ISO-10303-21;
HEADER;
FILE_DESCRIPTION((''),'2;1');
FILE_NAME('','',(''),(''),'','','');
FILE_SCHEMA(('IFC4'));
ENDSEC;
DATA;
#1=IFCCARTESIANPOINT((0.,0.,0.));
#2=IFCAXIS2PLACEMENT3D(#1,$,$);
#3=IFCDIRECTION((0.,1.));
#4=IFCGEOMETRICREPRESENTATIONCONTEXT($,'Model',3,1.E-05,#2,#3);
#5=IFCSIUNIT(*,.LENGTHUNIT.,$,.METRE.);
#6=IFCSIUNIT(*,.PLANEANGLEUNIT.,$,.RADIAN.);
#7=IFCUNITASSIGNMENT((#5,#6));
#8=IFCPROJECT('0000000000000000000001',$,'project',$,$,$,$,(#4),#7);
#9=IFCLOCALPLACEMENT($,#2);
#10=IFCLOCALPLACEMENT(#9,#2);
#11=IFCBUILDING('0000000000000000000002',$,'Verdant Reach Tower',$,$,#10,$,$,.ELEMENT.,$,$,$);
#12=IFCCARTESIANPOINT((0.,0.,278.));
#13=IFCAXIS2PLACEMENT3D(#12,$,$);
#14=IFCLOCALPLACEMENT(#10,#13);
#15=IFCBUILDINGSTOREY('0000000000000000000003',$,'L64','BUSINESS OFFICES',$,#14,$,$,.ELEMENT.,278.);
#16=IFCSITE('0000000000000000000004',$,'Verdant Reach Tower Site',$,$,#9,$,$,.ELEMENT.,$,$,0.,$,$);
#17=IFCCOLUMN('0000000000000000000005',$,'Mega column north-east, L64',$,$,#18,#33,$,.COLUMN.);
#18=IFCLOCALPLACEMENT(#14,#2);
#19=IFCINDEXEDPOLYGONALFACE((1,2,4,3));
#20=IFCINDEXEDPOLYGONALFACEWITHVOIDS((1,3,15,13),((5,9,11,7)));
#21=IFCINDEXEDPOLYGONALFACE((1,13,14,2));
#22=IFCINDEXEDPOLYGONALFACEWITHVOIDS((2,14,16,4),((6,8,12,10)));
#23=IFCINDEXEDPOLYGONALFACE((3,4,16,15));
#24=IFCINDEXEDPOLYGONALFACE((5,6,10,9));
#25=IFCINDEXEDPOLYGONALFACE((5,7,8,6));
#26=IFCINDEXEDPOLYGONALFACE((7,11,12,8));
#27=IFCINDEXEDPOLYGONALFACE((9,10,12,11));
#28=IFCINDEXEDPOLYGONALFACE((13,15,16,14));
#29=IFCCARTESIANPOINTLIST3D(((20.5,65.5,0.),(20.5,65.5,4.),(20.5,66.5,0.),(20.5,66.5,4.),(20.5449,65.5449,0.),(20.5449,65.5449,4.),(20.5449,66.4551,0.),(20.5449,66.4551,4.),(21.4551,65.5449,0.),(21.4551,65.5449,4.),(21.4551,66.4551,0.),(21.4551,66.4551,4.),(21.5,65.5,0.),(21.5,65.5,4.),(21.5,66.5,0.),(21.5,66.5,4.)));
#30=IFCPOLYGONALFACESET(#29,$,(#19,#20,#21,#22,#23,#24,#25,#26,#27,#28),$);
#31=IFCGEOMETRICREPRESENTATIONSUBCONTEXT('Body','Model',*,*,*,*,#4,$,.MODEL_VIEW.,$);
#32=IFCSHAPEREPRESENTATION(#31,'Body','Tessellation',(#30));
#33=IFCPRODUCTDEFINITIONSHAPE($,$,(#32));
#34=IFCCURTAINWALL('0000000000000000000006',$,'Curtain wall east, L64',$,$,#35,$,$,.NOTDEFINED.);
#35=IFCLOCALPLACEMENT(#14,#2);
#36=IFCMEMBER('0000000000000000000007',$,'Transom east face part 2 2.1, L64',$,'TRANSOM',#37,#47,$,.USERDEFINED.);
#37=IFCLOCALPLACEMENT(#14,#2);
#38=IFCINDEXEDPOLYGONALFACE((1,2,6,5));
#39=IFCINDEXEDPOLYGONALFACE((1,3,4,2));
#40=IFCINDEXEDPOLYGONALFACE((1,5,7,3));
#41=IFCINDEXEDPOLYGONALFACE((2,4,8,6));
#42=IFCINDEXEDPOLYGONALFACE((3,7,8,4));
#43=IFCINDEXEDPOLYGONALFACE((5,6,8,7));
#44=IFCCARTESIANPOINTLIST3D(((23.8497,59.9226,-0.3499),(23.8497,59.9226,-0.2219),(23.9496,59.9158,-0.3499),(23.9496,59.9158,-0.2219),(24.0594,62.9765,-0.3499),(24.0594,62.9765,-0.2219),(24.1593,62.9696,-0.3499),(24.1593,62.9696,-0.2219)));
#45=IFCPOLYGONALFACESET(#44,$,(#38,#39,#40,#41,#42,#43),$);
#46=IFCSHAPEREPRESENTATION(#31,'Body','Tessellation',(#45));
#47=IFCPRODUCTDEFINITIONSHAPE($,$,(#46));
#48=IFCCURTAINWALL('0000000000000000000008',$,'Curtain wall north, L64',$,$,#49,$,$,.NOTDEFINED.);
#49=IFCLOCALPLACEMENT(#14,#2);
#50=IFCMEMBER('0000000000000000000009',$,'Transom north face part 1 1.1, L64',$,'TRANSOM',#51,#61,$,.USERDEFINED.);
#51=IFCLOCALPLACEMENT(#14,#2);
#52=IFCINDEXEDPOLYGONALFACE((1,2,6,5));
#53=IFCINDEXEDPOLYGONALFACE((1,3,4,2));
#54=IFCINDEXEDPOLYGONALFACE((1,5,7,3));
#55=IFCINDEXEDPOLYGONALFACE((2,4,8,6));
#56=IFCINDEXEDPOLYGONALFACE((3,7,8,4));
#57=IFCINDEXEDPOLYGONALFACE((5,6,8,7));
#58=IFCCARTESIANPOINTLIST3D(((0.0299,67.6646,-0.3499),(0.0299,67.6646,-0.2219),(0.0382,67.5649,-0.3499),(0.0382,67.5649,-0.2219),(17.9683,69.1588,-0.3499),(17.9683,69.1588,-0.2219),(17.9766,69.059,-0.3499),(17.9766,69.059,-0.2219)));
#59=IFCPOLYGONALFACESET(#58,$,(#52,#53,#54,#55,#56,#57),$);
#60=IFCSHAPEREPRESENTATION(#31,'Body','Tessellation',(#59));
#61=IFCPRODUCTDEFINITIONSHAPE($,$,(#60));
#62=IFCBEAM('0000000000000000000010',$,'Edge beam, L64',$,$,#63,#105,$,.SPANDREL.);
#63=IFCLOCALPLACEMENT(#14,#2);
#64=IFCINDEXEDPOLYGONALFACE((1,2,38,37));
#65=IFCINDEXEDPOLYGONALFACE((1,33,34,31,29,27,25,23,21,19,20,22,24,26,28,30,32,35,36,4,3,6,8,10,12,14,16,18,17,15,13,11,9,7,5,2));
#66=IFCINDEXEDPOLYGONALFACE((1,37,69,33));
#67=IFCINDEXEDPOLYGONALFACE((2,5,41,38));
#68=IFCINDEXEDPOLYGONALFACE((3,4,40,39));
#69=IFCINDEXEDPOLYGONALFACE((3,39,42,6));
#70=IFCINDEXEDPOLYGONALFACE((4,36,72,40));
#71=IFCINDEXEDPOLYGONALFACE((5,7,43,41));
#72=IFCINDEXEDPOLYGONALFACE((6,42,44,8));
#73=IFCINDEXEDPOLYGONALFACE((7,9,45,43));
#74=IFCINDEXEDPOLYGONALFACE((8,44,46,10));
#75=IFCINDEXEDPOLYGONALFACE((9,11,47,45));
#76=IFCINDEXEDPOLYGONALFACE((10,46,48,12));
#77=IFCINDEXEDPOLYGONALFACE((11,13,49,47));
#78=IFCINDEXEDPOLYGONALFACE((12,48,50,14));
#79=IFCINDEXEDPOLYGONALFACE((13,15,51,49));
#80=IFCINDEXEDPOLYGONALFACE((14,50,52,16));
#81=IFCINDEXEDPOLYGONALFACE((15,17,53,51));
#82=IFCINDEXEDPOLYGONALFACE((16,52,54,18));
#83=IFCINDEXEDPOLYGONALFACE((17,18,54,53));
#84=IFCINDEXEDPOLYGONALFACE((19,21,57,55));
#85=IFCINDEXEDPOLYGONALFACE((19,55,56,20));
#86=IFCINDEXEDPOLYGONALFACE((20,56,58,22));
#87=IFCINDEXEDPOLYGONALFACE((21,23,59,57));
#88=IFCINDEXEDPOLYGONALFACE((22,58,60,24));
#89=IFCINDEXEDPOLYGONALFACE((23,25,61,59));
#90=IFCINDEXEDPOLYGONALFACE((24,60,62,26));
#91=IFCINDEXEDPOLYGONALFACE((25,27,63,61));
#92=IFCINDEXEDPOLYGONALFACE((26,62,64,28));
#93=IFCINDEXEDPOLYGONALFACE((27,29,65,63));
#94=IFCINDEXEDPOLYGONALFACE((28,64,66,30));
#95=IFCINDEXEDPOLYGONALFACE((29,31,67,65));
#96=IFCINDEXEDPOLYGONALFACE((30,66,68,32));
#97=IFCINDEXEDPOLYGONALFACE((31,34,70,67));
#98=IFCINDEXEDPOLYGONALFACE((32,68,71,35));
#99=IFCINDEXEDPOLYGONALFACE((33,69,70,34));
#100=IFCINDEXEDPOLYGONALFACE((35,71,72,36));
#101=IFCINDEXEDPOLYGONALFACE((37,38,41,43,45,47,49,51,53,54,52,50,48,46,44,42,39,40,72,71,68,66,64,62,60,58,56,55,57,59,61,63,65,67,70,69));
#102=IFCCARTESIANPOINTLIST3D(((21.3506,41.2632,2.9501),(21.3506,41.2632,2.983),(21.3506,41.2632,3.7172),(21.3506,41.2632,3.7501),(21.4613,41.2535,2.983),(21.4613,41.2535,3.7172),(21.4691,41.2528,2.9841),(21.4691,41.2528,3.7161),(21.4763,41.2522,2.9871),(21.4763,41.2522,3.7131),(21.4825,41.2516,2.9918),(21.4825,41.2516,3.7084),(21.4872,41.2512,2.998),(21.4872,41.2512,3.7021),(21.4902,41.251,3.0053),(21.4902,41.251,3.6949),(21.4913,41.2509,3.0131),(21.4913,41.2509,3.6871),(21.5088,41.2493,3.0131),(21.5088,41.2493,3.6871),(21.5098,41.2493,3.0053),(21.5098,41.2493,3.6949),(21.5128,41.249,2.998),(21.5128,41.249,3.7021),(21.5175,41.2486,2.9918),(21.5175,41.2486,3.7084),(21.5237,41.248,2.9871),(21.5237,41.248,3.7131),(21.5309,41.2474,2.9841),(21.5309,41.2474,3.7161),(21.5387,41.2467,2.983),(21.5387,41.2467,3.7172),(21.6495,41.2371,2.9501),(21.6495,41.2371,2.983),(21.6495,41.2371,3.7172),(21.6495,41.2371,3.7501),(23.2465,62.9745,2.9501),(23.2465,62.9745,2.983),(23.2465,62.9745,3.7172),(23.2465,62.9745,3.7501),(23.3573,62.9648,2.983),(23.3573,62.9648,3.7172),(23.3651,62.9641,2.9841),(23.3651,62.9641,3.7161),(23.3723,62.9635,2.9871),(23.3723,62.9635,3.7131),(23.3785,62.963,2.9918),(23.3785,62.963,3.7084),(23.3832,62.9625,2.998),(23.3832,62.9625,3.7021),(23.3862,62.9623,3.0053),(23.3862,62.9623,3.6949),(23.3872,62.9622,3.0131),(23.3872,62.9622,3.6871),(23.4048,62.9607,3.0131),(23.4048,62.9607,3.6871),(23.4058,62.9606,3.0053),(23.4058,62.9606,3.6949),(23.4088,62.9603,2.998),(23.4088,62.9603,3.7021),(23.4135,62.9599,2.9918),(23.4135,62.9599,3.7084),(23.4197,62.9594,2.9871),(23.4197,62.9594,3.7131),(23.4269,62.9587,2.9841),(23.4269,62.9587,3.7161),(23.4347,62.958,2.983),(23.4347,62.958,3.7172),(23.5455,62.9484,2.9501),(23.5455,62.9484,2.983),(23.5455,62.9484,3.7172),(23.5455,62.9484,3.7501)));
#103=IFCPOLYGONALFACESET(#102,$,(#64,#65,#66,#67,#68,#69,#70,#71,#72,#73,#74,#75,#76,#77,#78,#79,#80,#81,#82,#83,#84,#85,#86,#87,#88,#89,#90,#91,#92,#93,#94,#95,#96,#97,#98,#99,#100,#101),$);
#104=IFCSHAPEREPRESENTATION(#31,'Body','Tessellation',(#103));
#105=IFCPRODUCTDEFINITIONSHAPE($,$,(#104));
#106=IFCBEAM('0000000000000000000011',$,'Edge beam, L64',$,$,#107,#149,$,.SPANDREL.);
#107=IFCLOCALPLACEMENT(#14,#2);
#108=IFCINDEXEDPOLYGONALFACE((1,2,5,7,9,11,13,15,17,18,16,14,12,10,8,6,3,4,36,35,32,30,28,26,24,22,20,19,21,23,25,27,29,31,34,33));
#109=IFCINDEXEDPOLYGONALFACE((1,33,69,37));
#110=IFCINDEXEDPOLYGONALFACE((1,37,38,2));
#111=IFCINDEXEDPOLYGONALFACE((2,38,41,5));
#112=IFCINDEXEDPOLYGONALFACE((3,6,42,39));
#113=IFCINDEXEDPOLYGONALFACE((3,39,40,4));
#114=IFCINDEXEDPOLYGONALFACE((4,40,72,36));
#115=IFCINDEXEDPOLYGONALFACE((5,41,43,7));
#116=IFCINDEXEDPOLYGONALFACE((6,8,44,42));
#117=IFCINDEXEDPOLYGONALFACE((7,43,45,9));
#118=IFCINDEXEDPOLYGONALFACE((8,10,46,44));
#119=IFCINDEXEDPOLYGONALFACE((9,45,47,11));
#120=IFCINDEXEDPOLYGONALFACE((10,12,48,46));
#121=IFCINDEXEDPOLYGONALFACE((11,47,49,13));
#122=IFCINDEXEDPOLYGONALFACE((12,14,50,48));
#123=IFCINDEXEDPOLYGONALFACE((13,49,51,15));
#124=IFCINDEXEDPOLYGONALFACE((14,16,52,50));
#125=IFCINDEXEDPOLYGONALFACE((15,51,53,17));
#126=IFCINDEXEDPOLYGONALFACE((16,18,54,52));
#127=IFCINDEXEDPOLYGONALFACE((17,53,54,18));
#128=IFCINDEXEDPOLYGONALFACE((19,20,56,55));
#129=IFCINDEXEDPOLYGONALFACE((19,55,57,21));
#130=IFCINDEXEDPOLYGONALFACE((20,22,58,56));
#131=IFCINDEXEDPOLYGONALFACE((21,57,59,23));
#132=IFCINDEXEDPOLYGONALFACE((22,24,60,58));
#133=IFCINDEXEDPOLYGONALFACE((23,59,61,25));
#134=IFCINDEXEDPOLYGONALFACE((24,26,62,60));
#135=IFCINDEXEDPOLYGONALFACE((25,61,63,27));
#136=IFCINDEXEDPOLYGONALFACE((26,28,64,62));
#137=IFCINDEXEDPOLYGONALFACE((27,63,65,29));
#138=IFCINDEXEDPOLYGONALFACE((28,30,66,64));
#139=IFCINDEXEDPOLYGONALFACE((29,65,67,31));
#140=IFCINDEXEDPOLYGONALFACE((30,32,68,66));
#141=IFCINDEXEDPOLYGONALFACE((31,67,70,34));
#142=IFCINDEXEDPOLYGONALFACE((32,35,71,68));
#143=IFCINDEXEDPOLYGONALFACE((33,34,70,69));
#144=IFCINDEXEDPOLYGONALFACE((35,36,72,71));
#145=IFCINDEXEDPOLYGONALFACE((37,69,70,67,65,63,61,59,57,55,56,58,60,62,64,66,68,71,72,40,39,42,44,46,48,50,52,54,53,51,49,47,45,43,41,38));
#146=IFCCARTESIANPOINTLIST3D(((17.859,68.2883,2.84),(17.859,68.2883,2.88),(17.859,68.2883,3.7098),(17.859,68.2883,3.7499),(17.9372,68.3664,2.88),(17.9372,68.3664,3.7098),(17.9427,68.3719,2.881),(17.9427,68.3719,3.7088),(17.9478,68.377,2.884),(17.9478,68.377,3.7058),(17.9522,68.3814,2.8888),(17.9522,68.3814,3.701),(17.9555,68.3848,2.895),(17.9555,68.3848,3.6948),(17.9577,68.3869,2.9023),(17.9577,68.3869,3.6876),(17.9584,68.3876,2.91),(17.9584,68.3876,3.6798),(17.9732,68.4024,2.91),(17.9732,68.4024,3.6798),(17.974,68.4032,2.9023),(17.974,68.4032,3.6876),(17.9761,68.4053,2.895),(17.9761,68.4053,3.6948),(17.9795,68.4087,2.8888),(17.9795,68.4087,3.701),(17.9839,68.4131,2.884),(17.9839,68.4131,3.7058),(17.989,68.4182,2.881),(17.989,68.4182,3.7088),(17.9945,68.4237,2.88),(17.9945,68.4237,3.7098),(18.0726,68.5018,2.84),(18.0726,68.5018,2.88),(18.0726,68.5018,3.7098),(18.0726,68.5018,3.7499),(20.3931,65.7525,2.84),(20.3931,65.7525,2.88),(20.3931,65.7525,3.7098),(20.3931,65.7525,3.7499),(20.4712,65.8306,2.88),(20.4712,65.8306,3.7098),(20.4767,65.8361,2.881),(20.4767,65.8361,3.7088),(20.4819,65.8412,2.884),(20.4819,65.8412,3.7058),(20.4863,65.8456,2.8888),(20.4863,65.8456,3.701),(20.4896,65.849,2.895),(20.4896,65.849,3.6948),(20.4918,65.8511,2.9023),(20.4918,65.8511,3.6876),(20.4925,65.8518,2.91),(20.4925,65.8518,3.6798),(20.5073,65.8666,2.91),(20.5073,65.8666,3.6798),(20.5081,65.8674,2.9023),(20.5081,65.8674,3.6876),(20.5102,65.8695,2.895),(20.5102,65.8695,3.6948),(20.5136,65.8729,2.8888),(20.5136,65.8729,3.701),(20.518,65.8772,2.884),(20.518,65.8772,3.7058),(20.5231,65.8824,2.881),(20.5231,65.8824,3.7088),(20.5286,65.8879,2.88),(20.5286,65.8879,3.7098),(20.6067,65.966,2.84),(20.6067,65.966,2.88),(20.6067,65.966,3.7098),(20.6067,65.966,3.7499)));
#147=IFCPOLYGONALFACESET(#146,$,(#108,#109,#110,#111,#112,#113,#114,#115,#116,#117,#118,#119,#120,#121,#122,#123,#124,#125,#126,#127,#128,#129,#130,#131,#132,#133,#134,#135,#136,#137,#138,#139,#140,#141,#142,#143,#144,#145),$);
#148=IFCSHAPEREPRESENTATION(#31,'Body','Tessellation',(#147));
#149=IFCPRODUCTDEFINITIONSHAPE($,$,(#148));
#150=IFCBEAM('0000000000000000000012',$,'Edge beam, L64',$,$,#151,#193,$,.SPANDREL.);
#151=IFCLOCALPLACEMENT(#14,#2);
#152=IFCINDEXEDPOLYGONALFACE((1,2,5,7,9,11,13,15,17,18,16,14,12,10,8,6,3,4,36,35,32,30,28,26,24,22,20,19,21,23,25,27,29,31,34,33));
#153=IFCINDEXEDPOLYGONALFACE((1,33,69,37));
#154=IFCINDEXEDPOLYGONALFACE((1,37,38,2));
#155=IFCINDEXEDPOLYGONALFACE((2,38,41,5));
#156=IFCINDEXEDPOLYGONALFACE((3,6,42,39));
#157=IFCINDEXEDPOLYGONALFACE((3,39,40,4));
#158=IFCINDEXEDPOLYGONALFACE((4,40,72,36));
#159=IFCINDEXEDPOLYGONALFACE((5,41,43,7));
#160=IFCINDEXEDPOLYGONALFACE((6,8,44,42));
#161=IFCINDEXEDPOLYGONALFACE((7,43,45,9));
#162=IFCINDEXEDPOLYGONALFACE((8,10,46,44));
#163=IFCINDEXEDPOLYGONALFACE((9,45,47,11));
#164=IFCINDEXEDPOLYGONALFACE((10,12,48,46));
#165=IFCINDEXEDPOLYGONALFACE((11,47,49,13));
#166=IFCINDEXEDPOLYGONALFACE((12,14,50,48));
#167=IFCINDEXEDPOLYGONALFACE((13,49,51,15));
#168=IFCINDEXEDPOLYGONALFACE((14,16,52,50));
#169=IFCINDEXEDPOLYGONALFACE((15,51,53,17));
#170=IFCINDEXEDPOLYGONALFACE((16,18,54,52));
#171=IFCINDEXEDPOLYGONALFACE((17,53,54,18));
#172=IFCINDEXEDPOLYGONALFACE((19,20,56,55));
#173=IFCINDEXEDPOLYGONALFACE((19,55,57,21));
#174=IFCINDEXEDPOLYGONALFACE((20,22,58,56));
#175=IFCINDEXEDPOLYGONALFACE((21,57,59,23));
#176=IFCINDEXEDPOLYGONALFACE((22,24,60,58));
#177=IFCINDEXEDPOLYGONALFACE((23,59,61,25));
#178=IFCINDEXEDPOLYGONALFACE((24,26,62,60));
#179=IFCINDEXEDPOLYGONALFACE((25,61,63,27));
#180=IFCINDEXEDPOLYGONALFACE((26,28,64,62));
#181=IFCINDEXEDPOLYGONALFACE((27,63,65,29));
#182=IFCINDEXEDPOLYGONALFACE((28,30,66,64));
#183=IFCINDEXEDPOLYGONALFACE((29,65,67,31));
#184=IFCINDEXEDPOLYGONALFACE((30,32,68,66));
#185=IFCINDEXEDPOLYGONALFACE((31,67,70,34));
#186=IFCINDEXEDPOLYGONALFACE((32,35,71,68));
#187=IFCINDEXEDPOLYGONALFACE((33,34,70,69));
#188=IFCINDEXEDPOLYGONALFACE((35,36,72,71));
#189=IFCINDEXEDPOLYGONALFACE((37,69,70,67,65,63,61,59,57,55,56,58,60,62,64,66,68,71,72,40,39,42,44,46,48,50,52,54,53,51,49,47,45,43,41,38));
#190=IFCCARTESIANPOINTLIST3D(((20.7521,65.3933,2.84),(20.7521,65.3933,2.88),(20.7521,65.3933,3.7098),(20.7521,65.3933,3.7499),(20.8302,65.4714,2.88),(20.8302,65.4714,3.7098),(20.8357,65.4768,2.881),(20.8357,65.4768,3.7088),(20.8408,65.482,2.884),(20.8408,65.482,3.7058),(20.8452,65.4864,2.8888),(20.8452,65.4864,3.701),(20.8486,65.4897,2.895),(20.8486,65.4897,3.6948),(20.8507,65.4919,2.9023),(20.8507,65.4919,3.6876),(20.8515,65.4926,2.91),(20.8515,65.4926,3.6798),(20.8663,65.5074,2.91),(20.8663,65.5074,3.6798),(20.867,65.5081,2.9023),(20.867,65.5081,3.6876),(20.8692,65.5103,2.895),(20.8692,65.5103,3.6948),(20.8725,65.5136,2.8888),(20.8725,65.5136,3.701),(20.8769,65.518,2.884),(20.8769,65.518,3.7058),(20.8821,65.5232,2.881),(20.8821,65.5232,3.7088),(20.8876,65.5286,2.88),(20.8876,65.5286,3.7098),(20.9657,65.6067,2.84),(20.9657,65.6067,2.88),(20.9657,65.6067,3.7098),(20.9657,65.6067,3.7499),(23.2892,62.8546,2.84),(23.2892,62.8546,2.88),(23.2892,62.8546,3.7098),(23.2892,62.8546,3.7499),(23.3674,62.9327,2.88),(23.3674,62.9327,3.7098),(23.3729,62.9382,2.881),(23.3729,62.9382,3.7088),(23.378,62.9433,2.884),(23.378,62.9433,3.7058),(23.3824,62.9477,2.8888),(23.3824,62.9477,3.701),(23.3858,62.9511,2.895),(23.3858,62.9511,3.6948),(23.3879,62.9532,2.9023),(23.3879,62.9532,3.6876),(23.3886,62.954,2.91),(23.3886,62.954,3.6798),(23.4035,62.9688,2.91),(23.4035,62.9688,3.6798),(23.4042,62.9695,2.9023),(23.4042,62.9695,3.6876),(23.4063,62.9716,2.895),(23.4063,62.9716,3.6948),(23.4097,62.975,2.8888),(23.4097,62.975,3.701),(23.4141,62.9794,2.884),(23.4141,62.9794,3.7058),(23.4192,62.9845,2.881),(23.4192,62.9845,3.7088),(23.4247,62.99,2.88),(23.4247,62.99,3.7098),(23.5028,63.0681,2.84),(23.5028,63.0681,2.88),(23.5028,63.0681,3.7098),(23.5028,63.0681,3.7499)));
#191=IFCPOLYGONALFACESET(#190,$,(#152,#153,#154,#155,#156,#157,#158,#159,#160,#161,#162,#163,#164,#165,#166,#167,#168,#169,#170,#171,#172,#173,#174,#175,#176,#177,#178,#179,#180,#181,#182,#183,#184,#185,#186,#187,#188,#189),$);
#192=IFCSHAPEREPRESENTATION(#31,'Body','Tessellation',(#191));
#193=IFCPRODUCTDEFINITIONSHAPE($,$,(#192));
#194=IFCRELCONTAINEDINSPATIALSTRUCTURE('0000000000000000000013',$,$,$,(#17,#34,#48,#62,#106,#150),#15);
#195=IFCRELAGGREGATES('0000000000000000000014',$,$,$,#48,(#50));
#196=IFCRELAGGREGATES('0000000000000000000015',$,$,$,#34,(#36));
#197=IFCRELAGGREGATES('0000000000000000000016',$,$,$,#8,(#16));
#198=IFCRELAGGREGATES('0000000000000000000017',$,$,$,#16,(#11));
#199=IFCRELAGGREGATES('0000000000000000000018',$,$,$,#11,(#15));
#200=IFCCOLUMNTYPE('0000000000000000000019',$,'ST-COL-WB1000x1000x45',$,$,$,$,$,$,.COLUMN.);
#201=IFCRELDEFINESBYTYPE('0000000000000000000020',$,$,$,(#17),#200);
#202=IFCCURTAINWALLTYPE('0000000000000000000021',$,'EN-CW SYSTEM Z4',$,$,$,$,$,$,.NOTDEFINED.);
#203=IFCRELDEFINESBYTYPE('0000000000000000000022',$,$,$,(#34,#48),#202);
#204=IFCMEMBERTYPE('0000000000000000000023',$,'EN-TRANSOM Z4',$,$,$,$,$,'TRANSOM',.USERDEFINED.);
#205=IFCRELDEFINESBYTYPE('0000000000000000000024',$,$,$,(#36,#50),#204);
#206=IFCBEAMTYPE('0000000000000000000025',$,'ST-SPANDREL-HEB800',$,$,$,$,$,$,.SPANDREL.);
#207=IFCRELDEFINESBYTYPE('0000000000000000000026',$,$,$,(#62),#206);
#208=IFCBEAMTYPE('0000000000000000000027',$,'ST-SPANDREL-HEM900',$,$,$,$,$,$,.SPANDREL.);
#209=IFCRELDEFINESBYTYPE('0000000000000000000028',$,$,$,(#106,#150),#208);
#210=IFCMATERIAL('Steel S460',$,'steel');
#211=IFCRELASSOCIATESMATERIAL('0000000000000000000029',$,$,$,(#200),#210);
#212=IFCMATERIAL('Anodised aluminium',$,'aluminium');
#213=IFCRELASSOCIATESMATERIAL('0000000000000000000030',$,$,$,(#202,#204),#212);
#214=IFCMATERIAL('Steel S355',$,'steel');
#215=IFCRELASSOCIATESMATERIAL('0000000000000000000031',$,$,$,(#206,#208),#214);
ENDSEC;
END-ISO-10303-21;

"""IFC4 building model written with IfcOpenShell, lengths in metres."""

from ifc_helpers import new_model, si_unit, direction, frame, origin, origin_2d, place, context, subcontext, project, spatial, rectangle, hollow_rectangle, i_section, extrude, material, material_profile, profile_set, type_object, element, aggregate, save


model = new_model("IFC4")

# Units and contexts
model_context = context("Model", 3, precision=1e-05, world=origin(), true_north=direction((0.0, 1.0)))
body_context = subcontext(model_context, "Body", "Model", "MODEL_VIEW")
ifc_project = project(units=[si_unit("LENGTHUNIT", "METRE"), si_unit("PLANEANGLEUNIT", "RADIAN")], contexts=[model_context])

# Site, building, storey
site_placement = place(None, origin())
site = spatial("IfcSite", under=ifc_project, at=site_placement, Name="Verdant Reach Tower Site", CompositionType="ELEMENT", RefElevation=0.0)
building_placement = place(site_placement, origin())
building = spatial("IfcBuilding", under=site, at=building_placement, Name="Verdant Reach Tower", CompositionType="ELEMENT")
storey_placement = place(building_placement, frame((0.0, 0.0, 278.0)))
storey = spatial("IfcBuildingStorey", under=building, at=storey_placement, Name="L64", Description="BUSINESS OFFICES", CompositionType="ELEMENT", Elevation=278.0)

# Column
ifc_material_1 = material(Name="Steel S460", Category="steel")
ifc_material_profile_1 = material_profile(ifc_material_1, hollow_rectangle(XDim=1.0, YDim=1.0, WallThickness=0.0449, at=origin_2d()), Name="WB 1000x1000x45")
ifc_profile_set_1 = profile_set([ifc_material_profile_1], Name="Steel S460")
column_type = type_object("IfcColumnType", Name="ST-COL-WB1000x1000x45", PredefinedType="COLUMN", material=ifc_profile_set_1)
column_placement = place(storey_placement, frame((21.0, 66.0, 0.0), z_axis=(0.0, 0.0, 1.0), x_axis=(1.0, 0.0, 0.0)))
element("IfcColumn", 1, at=column_placement, inside=storey, type_object=column_type, Name="Mega column north-east, L64", PredefinedType="COLUMN", context=body_context, shape_type="SweptSolid", body=[
    extrude(hollow_rectangle(XDim=1.0, YDim=1.0, WallThickness=0.0449, at=origin_2d()), origin(), (0.0, 0.0, 1.0), 4.0),
])

# Curtain walls, members
ifc_material_2 = material(Name="Anodised aluminium", Category="aluminium")
curtain_wall_type = type_object("IfcCurtainWallType", Name="EN-CW SYSTEM Z4", PredefinedType="NOTDEFINED", material=ifc_material_2)
curtain_wall_1_placement = place(storey_placement, origin())
curtain_wall_1 = element("IfcCurtainWall", 2, at=curtain_wall_1_placement, inside=storey, type_object=curtain_wall_type, Name="Curtain wall east, L64", PredefinedType="NOTDEFINED")
ifc_material_profile_2 = material_profile(ifc_material_2, rectangle(XDim=0.1001, YDim=0.1279, at=origin_2d()), Name="Transom 128x100")
ifc_profile_set_2 = profile_set([ifc_material_profile_2], Name="Anodised aluminium")
member_type = type_object("IfcMemberType", Name="EN-TRANSOM Z4", ElementType="TRANSOM", PredefinedType="USERDEFINED", material=ifc_profile_set_2)
member_1_placement = place(storey_placement, frame((23.8997, 59.9192, -0.2859), z_axis=(0.068509, 0.99765, 0.0), x_axis=(-0.99765, 0.068509, 0.0)))
member_1 = element("IfcMember", 3, at=member_1_placement, type_object=member_type, Name="Transom east face part 2 2.1, L64", ObjectType="TRANSOM", PredefinedType="USERDEFINED", context=body_context, shape_type="SweptSolid", body=[
    extrude(rectangle(XDim=0.1001, YDim=0.1279, at=origin_2d()), origin(), (0.0, 0.0, 1.0), 3.061),
])
curtain_wall_2_placement = place(storey_placement, origin())
curtain_wall_2 = element("IfcCurtainWall", 4, at=curtain_wall_2_placement, inside=storey, type_object=curtain_wall_type, Name="Curtain wall north, L64", PredefinedType="NOTDEFINED")
member_2_placement = place(storey_placement, frame((17.9724, 69.1089, -0.2859), z_axis=(-0.996549, -0.083005, 0.0), x_axis=(0.083005, -0.996549, 0.0)))
member_2 = element("IfcMember", 5, at=member_2_placement, type_object=member_type, Name="Transom north face part 1 1.1, L64", ObjectType="TRANSOM", PredefinedType="USERDEFINED", context=body_context, shape_type="SweptSolid", body=[
    extrude(rectangle(XDim=0.1001, YDim=0.1279, at=origin_2d()), origin(), (0.0, 0.0, 1.0), 18.0005),
])

# Beams
ifc_material_3 = material(Name="Steel S355", Category="steel")
ifc_material_profile_3 = material_profile(ifc_material_3, i_section(OverallWidth=0.3, OverallDepth=0.8, WebThickness=0.0176, FlangeThickness=0.033, FilletRadius=0.03, at=origin_2d()), Name="HEB 800")
ifc_profile_set_3 = profile_set([ifc_material_profile_3], Name="Steel S355")
beam_type_1 = type_object("IfcBeamType", Name="ST-SPANDREL-HEB800", PredefinedType="SPANDREL", material=ifc_profile_set_3)
beam_1_placement = place(storey_placement, frame((23.396, 62.9614, 3.3501), z_axis=(-0.086996, -0.996209, 0.0), x_axis=(0.996209, -0.086996, 0.0)))
element("IfcBeam", 6, at=beam_1_placement, inside=storey, type_object=beam_type_1, Name="Edge beam, L64", PredefinedType="SPANDREL", context=body_context, shape_type="SweptSolid", body=[
    extrude(i_section(OverallWidth=0.3, OverallDepth=0.8, WebThickness=0.0176, FlangeThickness=0.033, FilletRadius=0.03, at=origin_2d()), origin(), (0.0, 0.0, 1.0), 21.7939),
])
ifc_material_profile_4 = material_profile(ifc_material_3, i_section(OverallWidth=0.302, OverallDepth=0.9099, WebThickness=0.021, FlangeThickness=0.04, FilletRadius=0.03, at=origin_2d()), Name="HEM 900")
ifc_profile_set_4 = profile_set([ifc_material_profile_4], Name="Steel S355")
beam_type_2 = type_object("IfcBeamType", Name="ST-SPANDREL-HEM900", PredefinedType="SPANDREL", material=ifc_profile_set_4)
beam_2_placement = place(storey_placement, frame((17.9658, 68.395, 3.2949), z_axis=(0.706868, -0.707345, 0.0), x_axis=(0.707345, 0.706868, 0.0)))
element("IfcBeam", 7, at=beam_2_placement, inside=storey, type_object=beam_type_2, Name="Edge beam, L64", PredefinedType="SPANDREL", context=body_context, shape_type="SweptSolid", body=[
    extrude(i_section(OverallWidth=0.302, OverallDepth=0.9099, WebThickness=0.021, FlangeThickness=0.04, FilletRadius=0.03, at=origin_2d()), origin(), (0.0, 0.0, 1.0), 3.585),
])
beam_3_placement = place(storey_placement, frame((20.8589, 65.5, 3.2949), z_axis=(0.706903, -0.707311, 0.0), x_axis=(0.707311, 0.706903, 0.0)))
element("IfcBeam", 8, at=beam_3_placement, inside=storey, type_object=beam_type_2, Name="Edge beam, L64", PredefinedType="SPANDREL", context=body_context, shape_type="SweptSolid", body=[
    extrude(i_section(OverallWidth=0.302, OverallDepth=0.9099, WebThickness=0.021, FlangeThickness=0.04, FilletRadius=0.03, at=origin_2d()), origin(), (0.0, 0.0, 1.0), 3.5891),
])

aggregate(curtain_wall_2, [member_2])
aggregate(curtain_wall_1, [member_1])

save(model, "model.ifc")
